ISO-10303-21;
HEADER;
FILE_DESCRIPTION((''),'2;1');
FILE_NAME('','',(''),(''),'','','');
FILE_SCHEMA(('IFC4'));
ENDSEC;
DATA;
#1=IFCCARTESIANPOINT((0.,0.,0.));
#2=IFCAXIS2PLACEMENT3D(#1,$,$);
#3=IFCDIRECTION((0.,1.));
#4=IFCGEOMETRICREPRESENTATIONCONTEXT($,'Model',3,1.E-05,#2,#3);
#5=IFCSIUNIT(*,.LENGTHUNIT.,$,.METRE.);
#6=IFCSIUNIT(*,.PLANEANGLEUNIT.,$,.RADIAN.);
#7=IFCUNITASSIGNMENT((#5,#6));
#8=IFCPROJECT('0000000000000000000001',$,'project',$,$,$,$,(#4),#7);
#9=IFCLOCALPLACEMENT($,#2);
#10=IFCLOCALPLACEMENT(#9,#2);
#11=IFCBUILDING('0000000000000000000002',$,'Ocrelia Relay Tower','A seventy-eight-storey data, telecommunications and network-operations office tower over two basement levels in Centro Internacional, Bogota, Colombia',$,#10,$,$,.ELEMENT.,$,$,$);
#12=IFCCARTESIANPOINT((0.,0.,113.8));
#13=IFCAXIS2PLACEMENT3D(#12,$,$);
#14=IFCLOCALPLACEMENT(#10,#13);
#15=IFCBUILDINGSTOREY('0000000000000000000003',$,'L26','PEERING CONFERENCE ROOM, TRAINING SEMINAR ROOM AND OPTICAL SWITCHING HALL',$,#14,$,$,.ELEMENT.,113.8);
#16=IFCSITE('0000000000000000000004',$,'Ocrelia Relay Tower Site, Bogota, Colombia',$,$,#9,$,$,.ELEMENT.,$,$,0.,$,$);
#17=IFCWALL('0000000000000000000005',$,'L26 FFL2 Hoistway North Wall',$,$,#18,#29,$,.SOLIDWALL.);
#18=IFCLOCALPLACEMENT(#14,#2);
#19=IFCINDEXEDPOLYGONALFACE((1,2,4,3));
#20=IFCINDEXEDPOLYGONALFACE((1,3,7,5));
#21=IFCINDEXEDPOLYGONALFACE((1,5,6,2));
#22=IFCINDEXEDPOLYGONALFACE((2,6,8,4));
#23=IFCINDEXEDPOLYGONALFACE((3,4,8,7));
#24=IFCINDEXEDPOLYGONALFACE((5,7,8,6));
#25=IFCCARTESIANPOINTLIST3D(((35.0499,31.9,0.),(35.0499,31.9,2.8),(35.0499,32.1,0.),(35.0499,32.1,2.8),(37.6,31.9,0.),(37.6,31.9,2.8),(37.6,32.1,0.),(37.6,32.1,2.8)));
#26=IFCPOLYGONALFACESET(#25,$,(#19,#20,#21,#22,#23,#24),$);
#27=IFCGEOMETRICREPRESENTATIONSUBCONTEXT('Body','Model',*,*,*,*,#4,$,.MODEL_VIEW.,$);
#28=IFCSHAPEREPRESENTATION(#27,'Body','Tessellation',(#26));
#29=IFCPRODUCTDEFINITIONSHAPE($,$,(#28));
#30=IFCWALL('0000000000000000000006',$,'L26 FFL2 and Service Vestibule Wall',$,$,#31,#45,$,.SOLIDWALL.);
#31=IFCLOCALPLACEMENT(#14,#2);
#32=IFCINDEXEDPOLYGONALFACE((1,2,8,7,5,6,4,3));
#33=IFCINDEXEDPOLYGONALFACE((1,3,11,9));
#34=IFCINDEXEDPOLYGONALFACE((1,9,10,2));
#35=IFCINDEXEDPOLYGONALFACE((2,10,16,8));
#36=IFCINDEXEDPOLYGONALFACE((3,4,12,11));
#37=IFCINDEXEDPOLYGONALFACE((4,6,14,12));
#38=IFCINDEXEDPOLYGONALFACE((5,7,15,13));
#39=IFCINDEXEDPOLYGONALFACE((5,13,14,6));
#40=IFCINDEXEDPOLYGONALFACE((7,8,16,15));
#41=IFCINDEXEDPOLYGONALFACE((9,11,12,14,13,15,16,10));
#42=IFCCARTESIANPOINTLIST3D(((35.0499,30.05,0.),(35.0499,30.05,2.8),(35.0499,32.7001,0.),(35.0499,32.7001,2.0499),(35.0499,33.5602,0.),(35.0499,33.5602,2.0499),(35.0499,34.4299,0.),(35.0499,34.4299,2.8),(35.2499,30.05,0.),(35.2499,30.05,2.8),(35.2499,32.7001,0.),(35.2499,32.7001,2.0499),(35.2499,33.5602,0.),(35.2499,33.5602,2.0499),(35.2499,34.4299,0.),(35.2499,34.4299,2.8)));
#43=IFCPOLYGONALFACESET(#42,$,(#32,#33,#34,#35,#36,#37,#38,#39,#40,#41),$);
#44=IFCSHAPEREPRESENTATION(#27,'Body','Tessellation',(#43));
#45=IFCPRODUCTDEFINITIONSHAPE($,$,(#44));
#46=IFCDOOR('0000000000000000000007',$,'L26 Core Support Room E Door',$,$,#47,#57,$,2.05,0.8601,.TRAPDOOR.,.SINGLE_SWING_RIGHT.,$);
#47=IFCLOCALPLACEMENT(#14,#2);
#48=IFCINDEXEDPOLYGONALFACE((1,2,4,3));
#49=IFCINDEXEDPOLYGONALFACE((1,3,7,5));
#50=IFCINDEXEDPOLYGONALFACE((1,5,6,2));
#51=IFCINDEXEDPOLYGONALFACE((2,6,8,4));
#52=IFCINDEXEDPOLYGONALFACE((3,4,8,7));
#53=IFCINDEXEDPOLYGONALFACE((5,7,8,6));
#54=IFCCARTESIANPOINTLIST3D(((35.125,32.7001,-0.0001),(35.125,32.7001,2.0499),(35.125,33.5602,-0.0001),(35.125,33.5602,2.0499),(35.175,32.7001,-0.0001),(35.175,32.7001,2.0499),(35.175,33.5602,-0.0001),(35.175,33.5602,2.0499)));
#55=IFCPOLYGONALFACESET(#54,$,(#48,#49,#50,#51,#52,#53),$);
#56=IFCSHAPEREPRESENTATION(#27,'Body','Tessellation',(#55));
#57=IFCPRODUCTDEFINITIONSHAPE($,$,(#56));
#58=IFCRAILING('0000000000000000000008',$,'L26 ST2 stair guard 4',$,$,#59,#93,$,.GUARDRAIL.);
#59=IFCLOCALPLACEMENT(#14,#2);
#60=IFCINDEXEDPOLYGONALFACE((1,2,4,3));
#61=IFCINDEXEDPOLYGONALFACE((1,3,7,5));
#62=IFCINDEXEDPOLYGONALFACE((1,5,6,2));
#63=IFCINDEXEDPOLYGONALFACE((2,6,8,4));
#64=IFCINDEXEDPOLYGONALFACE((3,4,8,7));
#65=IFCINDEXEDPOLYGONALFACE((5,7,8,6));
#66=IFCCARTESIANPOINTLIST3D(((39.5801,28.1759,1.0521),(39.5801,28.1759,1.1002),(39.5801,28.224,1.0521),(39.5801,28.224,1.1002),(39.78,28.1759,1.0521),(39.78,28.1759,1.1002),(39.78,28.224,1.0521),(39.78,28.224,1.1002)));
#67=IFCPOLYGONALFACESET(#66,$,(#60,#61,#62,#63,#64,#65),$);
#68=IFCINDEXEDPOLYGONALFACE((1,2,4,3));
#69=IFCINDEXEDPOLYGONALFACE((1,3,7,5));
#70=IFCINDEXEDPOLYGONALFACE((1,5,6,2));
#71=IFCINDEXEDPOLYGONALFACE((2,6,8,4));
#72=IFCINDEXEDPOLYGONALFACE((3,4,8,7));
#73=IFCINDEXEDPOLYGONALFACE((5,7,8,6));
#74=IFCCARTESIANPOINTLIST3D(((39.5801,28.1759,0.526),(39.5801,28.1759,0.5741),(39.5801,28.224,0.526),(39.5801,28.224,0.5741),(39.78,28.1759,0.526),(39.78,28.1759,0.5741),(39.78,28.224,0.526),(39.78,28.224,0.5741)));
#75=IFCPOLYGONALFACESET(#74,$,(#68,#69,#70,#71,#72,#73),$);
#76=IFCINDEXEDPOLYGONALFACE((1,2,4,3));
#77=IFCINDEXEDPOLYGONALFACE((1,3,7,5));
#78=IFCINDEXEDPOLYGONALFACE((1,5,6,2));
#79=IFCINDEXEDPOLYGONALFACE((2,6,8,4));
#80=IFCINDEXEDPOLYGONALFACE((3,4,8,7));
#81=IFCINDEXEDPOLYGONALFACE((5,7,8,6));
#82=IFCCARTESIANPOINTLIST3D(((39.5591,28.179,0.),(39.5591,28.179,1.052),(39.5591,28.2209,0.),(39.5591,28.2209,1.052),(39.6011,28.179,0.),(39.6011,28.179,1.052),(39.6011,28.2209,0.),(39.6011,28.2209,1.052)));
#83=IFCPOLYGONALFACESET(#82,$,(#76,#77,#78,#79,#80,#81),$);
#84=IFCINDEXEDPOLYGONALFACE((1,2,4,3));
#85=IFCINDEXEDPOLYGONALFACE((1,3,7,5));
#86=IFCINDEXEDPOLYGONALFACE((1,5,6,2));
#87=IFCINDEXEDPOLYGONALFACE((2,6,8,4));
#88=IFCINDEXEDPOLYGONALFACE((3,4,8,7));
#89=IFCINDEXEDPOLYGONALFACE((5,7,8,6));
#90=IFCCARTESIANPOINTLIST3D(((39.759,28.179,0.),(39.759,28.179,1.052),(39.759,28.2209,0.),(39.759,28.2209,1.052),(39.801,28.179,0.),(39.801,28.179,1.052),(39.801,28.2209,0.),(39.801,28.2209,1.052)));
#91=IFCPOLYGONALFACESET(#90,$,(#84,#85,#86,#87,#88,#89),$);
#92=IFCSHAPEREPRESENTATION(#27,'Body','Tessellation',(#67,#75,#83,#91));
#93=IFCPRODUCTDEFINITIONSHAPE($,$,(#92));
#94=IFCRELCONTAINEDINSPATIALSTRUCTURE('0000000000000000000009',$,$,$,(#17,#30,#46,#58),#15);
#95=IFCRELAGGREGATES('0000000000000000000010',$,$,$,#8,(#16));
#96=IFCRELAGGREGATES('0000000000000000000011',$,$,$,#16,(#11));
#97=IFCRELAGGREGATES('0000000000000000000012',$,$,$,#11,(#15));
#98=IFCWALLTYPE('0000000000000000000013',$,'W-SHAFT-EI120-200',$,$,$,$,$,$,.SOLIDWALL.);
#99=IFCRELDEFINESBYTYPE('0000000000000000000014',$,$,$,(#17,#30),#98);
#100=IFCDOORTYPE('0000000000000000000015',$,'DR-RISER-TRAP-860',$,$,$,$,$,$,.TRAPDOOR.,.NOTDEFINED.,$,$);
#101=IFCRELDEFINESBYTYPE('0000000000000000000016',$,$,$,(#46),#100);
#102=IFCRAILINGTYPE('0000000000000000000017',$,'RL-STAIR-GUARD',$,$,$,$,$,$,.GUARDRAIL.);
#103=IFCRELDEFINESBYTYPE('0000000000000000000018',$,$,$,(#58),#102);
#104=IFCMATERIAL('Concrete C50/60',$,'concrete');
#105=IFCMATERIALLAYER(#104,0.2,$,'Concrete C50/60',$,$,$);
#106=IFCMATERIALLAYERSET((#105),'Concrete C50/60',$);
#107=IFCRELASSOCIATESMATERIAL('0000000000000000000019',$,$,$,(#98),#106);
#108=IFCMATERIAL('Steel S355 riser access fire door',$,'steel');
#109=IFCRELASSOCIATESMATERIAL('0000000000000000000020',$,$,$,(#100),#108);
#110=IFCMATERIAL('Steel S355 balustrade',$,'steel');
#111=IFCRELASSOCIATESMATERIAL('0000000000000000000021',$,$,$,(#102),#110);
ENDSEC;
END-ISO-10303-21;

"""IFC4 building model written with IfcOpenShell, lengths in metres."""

from ifc_helpers import new_model, si_unit, direction, frame, frame_2d, origin, origin_2d, place, context, subcontext, project, spatial, rectangle, extrude, material, layer, layer_set, type_object, element, fill, save


model = new_model("IFC4")

# Units and contexts
model_context = context("Model", 3, precision=1e-05, world=origin(), true_north=direction((0.0, 1.0)))
body_context = subcontext(model_context, "Body", "Model", "MODEL_VIEW")
ifc_project = project(units=[si_unit("LENGTHUNIT", "METRE"), si_unit("PLANEANGLEUNIT", "RADIAN")], contexts=[model_context])

# Site, building, storey
site_placement = place(None, origin())
site = spatial("IfcSite", under=ifc_project, at=site_placement, Name="Ocrelia Relay Tower Site, Bogota, Colombia", CompositionType="ELEMENT", RefElevation=0.0)
building_placement = place(site_placement, origin())
building = spatial("IfcBuilding", under=site, at=building_placement, Name="Ocrelia Relay Tower", Description="A seventy-eight-storey data, telecommunications and network-operations office tower over two basement levels in Centro Internacional, Bogota, Colombia", CompositionType="ELEMENT")
storey_placement = place(building_placement, frame((0.0, 0.0, 113.8)))
storey = spatial("IfcBuildingStorey", under=building, at=storey_placement, Name="L26", Description="PEERING CONFERENCE ROOM, TRAINING SEMINAR ROOM AND OPTICAL SWITCHING HALL", CompositionType="ELEMENT", Elevation=113.8)

# Shared definitions
ifc_material_1 = material(Name="Concrete C50/60", Category="concrete")

# Shared definitions
ifc_layer_1 = layer(ifc_material_1, 0.2, Name="Concrete C50/60")
ifc_layer_set_1 = layer_set([ifc_layer_1], Name="Concrete C50/60")
wall_type_1 = type_object("IfcWallType", Name="W-SHAFT-EI120-200", PredefinedType="SOLIDWALL", material=ifc_layer_set_1)
ifc_material_2 = material(Name="Steel S355 riser access fire door", Category="steel")
door_type_1 = type_object("IfcDoorType", Name="DR-RISER-TRAP-860", OperationType="NOTDEFINED", PredefinedType="TRAPDOOR", material=ifc_material_2)

# Wall
wall_1_placement = place(storey_placement, frame((35.05, 32.0, 0.0), z_axis=(0.0, 0.0, 1.0), x_axis=(1.0, 0.0, 0.0)))
element("IfcWall", 1, at=wall_1_placement, inside=storey, type_object=wall_type_1, Name="L26 FFL2 Hoistway North Wall", PredefinedType="SOLIDWALL", context=body_context, shape_type="SweptSolid", body=[
    extrude(rectangle(XDim=2.55, YDim=0.2, at=frame_2d((1.2749, 0.0))), origin(), (0.0, 0.0, 1.0), 2.8),
])

# Wall, opening, door
wall_2_placement = place(storey_placement, frame((35.1499, 30.05, 0.0), z_axis=(0.0, 0.0, 1.0), x_axis=(0.0, 1.0, 0.0)))
wall_2 = element("IfcWall", 2, at=wall_2_placement, inside=storey, type_object=wall_type_1, Name="L26 FFL2 and Service Vestibule Wall", PredefinedType="SOLIDWALL", context=body_context, shape_type="SweptSolid", body=[
    extrude(rectangle(XDim=4.3799, YDim=0.2, at=frame_2d((2.1899, 0.0))), origin(), (0.0, 0.0, 1.0), 2.8),
])
opening_1_placement = place(wall_2_placement, frame((2.6499, 0.0, 0.0)))
opening_1 = element("IfcOpeningElement", 3, at=opening_1_placement, cuts=wall_2, PredefinedType="OPENING", context=body_context, shape_type="SweptSolid", body=[
    extrude(rectangle(XDim=0.8601, YDim=2.05, at=frame_2d((0.4302, 1.0249))), frame((0.0, 0.1099, 0.0), z_axis=(0.0, -1.0, 0.0), x_axis=(1.0, 0.0, 0.0)), (0.0, 0.0, 1.0), 0.22),
])
door_1_placement = place(opening_1_placement, origin())
door_1 = element("IfcDoor", 4, at=door_1_placement, inside=storey, type_object=door_type_1, Name="L26 Core Support Room E Door", OperationType="SINGLE_SWING_RIGHT", OverallHeight=2.05, OverallWidth=0.8601, PredefinedType="TRAPDOOR", context=body_context, shape_type="SweptSolid", body=[
    extrude(rectangle(XDim=0.8601, YDim=2.05, at=frame_2d((0.4302, 1.0249))), frame((0.0, 0.0249, 0.0), z_axis=(0.0, -1.0, 0.0), x_axis=(1.0, 0.0, 0.0)), (0.0, 0.0, 1.0), 0.05),
])
fill(opening_1, door_1)

# Railing
ifc_material_3 = material(Name="Steel S355 balustrade", Category="steel")
railing_type = type_object("IfcRailingType", Name="RL-STAIR-GUARD", PredefinedType="GUARDRAIL", material=ifc_material_3)
railing_placement = place(storey_placement, frame((39.5801, 28.2, 0.0)))
element("IfcRailing", 5, at=railing_placement, inside=storey, type_object=railing_type, Name="L26 ST2 stair guard 4", PredefinedType="GUARDRAIL", context=body_context, shape_type="SweptSolid", body=[
    extrude(rectangle(XDim=0.0481, YDim=0.0481, at=origin_2d()), frame((0.0, 0.0, 1.0762), z_axis=(1.0, 0.0, 0.0), x_axis=(0.0, 1.0, 0.0)), (0.0, 0.0, 1.0), 0.2),
    extrude(rectangle(XDim=0.0481, YDim=0.0481, at=origin_2d()), frame((0.0, 0.0, 0.55), z_axis=(1.0, 0.0, 0.0), x_axis=(0.0, 1.0, 0.0)), (0.0, 0.0, 1.0), 0.2),
    extrude(rectangle(XDim=0.042, YDim=0.042, at=origin_2d()), origin(), (0.0, 0.0, 1.0), 1.052),
    extrude(rectangle(XDim=0.042, YDim=0.042, at=origin_2d()), frame((0.2, 0.0, 0.0)), (0.0, 0.0, 1.0), 1.052),
])

save(model, "model.ifc")
